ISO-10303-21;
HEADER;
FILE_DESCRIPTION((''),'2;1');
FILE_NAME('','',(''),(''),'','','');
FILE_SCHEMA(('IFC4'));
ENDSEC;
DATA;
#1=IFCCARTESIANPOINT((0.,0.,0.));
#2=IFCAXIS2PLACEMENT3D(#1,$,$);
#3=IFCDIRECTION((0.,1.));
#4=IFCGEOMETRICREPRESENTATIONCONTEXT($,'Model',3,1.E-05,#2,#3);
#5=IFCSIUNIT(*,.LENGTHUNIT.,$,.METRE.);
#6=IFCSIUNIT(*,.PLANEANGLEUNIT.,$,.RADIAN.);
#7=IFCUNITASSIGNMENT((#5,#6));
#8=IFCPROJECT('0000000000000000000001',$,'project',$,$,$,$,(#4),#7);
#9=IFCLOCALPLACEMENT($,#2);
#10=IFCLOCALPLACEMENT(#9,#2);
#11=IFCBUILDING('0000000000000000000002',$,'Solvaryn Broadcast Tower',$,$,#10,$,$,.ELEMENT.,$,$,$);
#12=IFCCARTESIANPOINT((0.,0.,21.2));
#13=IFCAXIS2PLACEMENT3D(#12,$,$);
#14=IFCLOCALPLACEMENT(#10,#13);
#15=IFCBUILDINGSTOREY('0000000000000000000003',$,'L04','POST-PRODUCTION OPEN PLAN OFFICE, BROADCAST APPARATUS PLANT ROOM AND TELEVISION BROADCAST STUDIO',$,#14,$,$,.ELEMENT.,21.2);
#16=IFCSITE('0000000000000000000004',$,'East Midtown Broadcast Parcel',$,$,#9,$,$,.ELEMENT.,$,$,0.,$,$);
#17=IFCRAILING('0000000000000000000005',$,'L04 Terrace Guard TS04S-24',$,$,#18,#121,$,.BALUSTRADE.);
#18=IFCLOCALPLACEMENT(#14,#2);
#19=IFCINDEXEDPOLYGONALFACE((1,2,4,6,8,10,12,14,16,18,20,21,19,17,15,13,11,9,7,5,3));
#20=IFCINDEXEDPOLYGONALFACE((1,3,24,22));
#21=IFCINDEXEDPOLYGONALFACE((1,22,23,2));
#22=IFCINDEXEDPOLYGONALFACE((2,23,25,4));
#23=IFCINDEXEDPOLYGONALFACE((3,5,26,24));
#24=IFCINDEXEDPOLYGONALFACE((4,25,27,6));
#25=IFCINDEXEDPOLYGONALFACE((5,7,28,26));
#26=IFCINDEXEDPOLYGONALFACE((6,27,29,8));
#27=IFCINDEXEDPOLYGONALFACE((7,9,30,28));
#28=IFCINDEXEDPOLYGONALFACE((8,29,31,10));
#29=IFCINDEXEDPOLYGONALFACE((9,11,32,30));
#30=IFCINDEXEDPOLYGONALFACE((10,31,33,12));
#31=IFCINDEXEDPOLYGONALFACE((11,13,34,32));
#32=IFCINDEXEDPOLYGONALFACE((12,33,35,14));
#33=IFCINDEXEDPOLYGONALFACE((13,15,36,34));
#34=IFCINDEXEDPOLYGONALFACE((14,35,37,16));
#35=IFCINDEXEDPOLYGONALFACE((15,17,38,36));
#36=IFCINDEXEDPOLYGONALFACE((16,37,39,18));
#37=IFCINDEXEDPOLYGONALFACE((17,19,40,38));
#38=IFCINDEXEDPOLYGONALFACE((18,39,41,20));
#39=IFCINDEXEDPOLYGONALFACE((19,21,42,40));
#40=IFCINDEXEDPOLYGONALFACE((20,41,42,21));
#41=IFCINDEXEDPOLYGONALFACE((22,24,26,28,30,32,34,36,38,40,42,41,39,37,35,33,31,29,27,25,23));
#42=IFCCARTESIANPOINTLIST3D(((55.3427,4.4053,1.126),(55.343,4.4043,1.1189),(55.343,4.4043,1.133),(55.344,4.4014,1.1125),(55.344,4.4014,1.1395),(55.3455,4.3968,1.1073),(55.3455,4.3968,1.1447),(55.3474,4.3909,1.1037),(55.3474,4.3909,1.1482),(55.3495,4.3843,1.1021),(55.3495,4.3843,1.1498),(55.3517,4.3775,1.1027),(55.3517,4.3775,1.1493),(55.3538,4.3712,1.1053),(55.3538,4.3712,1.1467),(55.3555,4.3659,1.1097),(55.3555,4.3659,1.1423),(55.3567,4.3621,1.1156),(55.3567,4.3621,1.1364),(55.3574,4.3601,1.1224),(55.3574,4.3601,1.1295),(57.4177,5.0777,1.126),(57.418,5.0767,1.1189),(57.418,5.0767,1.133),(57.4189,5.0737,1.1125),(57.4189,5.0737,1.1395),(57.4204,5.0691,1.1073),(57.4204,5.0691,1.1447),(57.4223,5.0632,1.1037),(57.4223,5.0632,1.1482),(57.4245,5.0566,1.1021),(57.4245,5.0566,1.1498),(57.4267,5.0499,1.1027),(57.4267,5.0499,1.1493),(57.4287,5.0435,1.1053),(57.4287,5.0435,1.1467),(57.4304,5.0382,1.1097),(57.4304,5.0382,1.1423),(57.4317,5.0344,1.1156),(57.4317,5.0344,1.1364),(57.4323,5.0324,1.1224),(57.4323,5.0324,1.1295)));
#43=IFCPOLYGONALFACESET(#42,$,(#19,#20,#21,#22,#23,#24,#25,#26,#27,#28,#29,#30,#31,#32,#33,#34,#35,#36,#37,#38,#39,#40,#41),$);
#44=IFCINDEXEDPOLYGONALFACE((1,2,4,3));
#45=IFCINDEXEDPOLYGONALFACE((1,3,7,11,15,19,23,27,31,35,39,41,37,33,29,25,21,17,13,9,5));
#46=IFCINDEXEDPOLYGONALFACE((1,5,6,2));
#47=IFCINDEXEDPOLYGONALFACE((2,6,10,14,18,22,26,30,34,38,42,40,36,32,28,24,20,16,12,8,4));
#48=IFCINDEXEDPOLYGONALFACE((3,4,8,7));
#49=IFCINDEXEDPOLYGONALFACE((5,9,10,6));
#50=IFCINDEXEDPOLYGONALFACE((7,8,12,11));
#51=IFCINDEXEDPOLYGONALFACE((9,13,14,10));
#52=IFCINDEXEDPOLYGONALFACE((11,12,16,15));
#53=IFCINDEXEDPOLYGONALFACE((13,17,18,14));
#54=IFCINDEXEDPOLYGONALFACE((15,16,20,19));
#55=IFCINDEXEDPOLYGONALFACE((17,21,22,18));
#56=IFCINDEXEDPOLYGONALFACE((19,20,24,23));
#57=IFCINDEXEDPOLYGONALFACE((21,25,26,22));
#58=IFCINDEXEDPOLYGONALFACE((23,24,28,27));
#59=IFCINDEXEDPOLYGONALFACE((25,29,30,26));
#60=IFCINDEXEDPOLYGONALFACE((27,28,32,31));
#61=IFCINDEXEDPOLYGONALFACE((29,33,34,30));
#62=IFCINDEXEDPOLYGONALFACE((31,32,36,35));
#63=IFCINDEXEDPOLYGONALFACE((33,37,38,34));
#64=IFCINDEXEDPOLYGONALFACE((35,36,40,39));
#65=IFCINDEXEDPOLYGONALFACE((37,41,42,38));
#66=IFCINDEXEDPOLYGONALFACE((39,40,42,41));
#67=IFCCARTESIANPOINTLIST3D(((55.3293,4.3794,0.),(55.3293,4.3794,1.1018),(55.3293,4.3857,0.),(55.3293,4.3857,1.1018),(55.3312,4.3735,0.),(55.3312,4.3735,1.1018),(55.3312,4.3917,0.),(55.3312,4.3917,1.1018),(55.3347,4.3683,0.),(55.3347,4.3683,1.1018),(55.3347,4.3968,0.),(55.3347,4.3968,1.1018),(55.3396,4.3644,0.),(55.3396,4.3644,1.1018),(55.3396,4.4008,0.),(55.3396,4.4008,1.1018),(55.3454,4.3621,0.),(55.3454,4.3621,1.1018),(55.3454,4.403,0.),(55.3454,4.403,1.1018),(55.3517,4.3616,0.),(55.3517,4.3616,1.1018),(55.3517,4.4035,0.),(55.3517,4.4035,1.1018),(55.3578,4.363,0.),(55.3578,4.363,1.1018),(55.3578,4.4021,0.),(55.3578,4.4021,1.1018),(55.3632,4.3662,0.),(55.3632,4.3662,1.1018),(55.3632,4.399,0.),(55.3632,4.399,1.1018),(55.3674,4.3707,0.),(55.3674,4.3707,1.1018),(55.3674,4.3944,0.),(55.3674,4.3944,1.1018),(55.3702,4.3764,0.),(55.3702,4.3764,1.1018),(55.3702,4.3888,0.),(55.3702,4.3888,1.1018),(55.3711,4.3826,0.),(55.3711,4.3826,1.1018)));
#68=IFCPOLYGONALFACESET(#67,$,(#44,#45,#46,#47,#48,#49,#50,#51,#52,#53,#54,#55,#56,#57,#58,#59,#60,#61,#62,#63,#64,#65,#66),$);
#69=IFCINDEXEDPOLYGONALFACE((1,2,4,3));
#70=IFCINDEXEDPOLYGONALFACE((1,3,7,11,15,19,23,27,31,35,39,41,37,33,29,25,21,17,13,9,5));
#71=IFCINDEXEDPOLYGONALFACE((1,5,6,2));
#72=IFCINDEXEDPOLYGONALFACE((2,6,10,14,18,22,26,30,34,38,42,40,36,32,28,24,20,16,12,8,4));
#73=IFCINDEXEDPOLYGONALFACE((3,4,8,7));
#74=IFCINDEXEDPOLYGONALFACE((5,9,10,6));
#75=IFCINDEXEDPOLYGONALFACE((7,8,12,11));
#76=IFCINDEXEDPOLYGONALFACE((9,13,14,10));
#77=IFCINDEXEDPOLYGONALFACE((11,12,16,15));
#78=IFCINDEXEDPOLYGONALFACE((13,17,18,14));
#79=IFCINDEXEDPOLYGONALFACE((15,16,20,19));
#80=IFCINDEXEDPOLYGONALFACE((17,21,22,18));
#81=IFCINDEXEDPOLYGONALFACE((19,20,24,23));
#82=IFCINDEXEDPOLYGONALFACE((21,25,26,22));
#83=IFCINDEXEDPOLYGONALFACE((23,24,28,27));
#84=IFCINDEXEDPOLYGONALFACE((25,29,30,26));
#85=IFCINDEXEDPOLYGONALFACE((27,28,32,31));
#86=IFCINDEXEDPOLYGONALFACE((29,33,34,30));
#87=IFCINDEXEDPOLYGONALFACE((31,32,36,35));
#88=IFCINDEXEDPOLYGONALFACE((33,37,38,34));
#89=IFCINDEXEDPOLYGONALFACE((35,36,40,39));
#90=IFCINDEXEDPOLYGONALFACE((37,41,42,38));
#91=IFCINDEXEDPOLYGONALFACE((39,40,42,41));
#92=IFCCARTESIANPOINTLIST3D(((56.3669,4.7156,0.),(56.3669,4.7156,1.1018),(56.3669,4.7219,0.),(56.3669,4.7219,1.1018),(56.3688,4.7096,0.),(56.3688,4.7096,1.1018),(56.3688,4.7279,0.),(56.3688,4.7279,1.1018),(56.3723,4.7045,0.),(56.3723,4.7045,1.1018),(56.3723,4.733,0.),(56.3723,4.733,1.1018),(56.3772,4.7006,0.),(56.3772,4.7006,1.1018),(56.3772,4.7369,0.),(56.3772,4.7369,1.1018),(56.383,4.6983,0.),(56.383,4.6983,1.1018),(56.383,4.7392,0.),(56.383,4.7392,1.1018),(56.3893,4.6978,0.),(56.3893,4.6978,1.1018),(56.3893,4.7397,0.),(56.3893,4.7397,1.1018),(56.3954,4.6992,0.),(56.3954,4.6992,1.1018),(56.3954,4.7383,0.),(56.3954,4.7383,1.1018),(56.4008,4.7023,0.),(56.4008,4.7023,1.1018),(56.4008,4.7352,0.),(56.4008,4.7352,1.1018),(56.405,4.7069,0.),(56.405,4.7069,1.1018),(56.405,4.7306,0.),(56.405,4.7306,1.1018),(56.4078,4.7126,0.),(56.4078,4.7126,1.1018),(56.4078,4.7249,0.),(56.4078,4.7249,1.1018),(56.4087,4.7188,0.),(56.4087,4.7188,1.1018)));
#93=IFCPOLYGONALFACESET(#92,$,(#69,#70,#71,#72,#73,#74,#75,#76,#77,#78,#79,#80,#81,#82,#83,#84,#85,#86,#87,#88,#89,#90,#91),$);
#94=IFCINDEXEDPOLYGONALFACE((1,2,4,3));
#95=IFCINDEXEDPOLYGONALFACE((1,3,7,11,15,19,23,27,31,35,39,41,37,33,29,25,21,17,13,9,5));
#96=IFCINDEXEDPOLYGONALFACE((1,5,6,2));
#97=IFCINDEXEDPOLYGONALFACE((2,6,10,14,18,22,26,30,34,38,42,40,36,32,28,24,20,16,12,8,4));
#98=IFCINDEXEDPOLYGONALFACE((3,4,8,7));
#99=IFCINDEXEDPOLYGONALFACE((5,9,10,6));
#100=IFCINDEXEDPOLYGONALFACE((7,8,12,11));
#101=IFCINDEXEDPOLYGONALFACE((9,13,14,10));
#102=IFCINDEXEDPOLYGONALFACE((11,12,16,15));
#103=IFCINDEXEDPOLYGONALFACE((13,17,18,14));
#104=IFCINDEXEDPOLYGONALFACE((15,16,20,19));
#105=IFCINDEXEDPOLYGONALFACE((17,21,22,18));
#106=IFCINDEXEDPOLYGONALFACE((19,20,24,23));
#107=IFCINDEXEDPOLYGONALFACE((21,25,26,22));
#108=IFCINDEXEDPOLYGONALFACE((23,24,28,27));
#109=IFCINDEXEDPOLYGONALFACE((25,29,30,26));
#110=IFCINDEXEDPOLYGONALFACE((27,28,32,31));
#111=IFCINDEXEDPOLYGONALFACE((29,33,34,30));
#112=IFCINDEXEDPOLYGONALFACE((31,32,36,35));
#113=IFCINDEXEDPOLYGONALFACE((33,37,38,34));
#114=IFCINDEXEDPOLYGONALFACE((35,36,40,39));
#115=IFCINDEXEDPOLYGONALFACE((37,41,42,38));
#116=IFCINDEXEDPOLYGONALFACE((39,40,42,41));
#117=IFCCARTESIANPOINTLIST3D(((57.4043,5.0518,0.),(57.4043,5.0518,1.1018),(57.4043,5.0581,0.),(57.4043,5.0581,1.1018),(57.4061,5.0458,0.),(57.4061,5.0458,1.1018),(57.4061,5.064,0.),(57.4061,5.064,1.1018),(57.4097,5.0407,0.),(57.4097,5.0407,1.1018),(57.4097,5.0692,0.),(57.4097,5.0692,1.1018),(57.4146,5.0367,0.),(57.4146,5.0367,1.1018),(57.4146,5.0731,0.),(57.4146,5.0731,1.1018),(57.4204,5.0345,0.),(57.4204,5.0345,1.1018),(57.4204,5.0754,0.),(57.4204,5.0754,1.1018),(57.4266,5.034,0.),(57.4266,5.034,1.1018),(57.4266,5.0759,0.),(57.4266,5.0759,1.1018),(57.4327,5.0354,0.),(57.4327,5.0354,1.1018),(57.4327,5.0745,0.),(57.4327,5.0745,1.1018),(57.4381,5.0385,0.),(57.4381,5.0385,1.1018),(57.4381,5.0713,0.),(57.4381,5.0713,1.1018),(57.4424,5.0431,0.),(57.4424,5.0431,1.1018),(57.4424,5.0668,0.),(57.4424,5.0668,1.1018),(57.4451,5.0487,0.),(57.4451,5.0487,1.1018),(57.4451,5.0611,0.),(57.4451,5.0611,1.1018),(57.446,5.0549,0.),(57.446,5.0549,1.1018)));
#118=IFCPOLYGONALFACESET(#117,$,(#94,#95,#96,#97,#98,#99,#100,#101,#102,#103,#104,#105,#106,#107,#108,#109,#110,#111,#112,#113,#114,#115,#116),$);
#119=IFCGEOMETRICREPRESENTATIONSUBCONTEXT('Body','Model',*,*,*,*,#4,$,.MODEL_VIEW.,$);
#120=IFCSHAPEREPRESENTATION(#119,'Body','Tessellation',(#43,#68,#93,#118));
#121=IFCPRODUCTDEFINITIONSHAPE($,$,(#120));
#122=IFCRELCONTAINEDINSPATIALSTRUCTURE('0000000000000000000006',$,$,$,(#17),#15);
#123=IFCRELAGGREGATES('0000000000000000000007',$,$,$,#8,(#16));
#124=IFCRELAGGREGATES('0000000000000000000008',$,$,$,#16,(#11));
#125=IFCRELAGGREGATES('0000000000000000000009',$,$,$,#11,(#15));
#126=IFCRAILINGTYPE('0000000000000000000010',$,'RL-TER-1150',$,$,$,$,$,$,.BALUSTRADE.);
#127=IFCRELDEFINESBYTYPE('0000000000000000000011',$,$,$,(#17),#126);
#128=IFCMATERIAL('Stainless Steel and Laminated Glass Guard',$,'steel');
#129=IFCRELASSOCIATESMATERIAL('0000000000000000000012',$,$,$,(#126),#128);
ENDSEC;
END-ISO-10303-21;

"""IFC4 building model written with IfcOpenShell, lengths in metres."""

from ifc_helpers import new_model, si_unit, direction, frame, origin, origin_2d, place, context, subcontext, project, spatial, circle, extrude, material, type_object, element, save


model = new_model("IFC4")

# Units and contexts
model_context = context("Model", 3, precision=1e-05, world=origin(), true_north=direction((0.0, 1.0)))
body_context = subcontext(model_context, "Body", "Model", "MODEL_VIEW")
ifc_project = project(units=[si_unit("LENGTHUNIT", "METRE"), si_unit("PLANEANGLEUNIT", "RADIAN")], contexts=[model_context])

# Site, building, storey
site_placement = place(None, origin())
site = spatial("IfcSite", under=ifc_project, at=site_placement, Name="East Midtown Broadcast Parcel", CompositionType="ELEMENT", RefElevation=0.0)
building_placement = place(site_placement, origin())
building = spatial("IfcBuilding", under=site, at=building_placement, Name="Solvaryn Broadcast Tower", CompositionType="ELEMENT")
storey_placement = place(building_placement, frame((0.0, 0.0, 21.2)))
storey = spatial("IfcBuildingStorey", under=building, at=storey_placement, Name="L04", Description="POST-PRODUCTION OPEN PLAN OFFICE, BROADCAST APPARATUS PLANT ROOM AND TELEVISION BROADCAST STUDIO", CompositionType="ELEMENT", Elevation=21.2)

# Railing
ifc_material_1 = material(Name="Stainless Steel and Laminated Glass Guard", Category="steel")
railing_type = type_object("IfcRailingType", Name="RL-TER-1150", PredefinedType="BALUSTRADE", material=ifc_material_1)
railing_1_placement = place(storey_placement, frame((55.3501, 4.3826, 0.0)))
element("IfcRailing", 1, at=railing_1_placement, inside=storey, type_object=railing_type, Name="L04 Terrace Guard TS04S-24", PredefinedType="BALUSTRADE", context=body_context, shape_type="SweptSolid", body=[
    extrude(circle(Radius=0.0239, at=origin_2d()), frame((0.0, 0.0, 1.126), z_axis=(0.951303, 0.308258, 0.0), x_axis=(-0.308258, 0.951303, 0.0)), (0.0, 0.0, 1.0), 2.1812),
    extrude(circle(Radius=0.021, at=origin_2d()), origin(), (0.0, 0.0, 1.0), 1.1018),
    extrude(circle(Radius=0.021, at=origin_2d()), frame((1.0376, 0.3362, 0.0)), (0.0, 0.0, 1.0), 1.1018),
    extrude(circle(Radius=0.021, at=origin_2d()), frame((2.075, 0.6724, 0.0)), (0.0, 0.0, 1.0), 1.1018),
])

save(model, "model.ifc")
